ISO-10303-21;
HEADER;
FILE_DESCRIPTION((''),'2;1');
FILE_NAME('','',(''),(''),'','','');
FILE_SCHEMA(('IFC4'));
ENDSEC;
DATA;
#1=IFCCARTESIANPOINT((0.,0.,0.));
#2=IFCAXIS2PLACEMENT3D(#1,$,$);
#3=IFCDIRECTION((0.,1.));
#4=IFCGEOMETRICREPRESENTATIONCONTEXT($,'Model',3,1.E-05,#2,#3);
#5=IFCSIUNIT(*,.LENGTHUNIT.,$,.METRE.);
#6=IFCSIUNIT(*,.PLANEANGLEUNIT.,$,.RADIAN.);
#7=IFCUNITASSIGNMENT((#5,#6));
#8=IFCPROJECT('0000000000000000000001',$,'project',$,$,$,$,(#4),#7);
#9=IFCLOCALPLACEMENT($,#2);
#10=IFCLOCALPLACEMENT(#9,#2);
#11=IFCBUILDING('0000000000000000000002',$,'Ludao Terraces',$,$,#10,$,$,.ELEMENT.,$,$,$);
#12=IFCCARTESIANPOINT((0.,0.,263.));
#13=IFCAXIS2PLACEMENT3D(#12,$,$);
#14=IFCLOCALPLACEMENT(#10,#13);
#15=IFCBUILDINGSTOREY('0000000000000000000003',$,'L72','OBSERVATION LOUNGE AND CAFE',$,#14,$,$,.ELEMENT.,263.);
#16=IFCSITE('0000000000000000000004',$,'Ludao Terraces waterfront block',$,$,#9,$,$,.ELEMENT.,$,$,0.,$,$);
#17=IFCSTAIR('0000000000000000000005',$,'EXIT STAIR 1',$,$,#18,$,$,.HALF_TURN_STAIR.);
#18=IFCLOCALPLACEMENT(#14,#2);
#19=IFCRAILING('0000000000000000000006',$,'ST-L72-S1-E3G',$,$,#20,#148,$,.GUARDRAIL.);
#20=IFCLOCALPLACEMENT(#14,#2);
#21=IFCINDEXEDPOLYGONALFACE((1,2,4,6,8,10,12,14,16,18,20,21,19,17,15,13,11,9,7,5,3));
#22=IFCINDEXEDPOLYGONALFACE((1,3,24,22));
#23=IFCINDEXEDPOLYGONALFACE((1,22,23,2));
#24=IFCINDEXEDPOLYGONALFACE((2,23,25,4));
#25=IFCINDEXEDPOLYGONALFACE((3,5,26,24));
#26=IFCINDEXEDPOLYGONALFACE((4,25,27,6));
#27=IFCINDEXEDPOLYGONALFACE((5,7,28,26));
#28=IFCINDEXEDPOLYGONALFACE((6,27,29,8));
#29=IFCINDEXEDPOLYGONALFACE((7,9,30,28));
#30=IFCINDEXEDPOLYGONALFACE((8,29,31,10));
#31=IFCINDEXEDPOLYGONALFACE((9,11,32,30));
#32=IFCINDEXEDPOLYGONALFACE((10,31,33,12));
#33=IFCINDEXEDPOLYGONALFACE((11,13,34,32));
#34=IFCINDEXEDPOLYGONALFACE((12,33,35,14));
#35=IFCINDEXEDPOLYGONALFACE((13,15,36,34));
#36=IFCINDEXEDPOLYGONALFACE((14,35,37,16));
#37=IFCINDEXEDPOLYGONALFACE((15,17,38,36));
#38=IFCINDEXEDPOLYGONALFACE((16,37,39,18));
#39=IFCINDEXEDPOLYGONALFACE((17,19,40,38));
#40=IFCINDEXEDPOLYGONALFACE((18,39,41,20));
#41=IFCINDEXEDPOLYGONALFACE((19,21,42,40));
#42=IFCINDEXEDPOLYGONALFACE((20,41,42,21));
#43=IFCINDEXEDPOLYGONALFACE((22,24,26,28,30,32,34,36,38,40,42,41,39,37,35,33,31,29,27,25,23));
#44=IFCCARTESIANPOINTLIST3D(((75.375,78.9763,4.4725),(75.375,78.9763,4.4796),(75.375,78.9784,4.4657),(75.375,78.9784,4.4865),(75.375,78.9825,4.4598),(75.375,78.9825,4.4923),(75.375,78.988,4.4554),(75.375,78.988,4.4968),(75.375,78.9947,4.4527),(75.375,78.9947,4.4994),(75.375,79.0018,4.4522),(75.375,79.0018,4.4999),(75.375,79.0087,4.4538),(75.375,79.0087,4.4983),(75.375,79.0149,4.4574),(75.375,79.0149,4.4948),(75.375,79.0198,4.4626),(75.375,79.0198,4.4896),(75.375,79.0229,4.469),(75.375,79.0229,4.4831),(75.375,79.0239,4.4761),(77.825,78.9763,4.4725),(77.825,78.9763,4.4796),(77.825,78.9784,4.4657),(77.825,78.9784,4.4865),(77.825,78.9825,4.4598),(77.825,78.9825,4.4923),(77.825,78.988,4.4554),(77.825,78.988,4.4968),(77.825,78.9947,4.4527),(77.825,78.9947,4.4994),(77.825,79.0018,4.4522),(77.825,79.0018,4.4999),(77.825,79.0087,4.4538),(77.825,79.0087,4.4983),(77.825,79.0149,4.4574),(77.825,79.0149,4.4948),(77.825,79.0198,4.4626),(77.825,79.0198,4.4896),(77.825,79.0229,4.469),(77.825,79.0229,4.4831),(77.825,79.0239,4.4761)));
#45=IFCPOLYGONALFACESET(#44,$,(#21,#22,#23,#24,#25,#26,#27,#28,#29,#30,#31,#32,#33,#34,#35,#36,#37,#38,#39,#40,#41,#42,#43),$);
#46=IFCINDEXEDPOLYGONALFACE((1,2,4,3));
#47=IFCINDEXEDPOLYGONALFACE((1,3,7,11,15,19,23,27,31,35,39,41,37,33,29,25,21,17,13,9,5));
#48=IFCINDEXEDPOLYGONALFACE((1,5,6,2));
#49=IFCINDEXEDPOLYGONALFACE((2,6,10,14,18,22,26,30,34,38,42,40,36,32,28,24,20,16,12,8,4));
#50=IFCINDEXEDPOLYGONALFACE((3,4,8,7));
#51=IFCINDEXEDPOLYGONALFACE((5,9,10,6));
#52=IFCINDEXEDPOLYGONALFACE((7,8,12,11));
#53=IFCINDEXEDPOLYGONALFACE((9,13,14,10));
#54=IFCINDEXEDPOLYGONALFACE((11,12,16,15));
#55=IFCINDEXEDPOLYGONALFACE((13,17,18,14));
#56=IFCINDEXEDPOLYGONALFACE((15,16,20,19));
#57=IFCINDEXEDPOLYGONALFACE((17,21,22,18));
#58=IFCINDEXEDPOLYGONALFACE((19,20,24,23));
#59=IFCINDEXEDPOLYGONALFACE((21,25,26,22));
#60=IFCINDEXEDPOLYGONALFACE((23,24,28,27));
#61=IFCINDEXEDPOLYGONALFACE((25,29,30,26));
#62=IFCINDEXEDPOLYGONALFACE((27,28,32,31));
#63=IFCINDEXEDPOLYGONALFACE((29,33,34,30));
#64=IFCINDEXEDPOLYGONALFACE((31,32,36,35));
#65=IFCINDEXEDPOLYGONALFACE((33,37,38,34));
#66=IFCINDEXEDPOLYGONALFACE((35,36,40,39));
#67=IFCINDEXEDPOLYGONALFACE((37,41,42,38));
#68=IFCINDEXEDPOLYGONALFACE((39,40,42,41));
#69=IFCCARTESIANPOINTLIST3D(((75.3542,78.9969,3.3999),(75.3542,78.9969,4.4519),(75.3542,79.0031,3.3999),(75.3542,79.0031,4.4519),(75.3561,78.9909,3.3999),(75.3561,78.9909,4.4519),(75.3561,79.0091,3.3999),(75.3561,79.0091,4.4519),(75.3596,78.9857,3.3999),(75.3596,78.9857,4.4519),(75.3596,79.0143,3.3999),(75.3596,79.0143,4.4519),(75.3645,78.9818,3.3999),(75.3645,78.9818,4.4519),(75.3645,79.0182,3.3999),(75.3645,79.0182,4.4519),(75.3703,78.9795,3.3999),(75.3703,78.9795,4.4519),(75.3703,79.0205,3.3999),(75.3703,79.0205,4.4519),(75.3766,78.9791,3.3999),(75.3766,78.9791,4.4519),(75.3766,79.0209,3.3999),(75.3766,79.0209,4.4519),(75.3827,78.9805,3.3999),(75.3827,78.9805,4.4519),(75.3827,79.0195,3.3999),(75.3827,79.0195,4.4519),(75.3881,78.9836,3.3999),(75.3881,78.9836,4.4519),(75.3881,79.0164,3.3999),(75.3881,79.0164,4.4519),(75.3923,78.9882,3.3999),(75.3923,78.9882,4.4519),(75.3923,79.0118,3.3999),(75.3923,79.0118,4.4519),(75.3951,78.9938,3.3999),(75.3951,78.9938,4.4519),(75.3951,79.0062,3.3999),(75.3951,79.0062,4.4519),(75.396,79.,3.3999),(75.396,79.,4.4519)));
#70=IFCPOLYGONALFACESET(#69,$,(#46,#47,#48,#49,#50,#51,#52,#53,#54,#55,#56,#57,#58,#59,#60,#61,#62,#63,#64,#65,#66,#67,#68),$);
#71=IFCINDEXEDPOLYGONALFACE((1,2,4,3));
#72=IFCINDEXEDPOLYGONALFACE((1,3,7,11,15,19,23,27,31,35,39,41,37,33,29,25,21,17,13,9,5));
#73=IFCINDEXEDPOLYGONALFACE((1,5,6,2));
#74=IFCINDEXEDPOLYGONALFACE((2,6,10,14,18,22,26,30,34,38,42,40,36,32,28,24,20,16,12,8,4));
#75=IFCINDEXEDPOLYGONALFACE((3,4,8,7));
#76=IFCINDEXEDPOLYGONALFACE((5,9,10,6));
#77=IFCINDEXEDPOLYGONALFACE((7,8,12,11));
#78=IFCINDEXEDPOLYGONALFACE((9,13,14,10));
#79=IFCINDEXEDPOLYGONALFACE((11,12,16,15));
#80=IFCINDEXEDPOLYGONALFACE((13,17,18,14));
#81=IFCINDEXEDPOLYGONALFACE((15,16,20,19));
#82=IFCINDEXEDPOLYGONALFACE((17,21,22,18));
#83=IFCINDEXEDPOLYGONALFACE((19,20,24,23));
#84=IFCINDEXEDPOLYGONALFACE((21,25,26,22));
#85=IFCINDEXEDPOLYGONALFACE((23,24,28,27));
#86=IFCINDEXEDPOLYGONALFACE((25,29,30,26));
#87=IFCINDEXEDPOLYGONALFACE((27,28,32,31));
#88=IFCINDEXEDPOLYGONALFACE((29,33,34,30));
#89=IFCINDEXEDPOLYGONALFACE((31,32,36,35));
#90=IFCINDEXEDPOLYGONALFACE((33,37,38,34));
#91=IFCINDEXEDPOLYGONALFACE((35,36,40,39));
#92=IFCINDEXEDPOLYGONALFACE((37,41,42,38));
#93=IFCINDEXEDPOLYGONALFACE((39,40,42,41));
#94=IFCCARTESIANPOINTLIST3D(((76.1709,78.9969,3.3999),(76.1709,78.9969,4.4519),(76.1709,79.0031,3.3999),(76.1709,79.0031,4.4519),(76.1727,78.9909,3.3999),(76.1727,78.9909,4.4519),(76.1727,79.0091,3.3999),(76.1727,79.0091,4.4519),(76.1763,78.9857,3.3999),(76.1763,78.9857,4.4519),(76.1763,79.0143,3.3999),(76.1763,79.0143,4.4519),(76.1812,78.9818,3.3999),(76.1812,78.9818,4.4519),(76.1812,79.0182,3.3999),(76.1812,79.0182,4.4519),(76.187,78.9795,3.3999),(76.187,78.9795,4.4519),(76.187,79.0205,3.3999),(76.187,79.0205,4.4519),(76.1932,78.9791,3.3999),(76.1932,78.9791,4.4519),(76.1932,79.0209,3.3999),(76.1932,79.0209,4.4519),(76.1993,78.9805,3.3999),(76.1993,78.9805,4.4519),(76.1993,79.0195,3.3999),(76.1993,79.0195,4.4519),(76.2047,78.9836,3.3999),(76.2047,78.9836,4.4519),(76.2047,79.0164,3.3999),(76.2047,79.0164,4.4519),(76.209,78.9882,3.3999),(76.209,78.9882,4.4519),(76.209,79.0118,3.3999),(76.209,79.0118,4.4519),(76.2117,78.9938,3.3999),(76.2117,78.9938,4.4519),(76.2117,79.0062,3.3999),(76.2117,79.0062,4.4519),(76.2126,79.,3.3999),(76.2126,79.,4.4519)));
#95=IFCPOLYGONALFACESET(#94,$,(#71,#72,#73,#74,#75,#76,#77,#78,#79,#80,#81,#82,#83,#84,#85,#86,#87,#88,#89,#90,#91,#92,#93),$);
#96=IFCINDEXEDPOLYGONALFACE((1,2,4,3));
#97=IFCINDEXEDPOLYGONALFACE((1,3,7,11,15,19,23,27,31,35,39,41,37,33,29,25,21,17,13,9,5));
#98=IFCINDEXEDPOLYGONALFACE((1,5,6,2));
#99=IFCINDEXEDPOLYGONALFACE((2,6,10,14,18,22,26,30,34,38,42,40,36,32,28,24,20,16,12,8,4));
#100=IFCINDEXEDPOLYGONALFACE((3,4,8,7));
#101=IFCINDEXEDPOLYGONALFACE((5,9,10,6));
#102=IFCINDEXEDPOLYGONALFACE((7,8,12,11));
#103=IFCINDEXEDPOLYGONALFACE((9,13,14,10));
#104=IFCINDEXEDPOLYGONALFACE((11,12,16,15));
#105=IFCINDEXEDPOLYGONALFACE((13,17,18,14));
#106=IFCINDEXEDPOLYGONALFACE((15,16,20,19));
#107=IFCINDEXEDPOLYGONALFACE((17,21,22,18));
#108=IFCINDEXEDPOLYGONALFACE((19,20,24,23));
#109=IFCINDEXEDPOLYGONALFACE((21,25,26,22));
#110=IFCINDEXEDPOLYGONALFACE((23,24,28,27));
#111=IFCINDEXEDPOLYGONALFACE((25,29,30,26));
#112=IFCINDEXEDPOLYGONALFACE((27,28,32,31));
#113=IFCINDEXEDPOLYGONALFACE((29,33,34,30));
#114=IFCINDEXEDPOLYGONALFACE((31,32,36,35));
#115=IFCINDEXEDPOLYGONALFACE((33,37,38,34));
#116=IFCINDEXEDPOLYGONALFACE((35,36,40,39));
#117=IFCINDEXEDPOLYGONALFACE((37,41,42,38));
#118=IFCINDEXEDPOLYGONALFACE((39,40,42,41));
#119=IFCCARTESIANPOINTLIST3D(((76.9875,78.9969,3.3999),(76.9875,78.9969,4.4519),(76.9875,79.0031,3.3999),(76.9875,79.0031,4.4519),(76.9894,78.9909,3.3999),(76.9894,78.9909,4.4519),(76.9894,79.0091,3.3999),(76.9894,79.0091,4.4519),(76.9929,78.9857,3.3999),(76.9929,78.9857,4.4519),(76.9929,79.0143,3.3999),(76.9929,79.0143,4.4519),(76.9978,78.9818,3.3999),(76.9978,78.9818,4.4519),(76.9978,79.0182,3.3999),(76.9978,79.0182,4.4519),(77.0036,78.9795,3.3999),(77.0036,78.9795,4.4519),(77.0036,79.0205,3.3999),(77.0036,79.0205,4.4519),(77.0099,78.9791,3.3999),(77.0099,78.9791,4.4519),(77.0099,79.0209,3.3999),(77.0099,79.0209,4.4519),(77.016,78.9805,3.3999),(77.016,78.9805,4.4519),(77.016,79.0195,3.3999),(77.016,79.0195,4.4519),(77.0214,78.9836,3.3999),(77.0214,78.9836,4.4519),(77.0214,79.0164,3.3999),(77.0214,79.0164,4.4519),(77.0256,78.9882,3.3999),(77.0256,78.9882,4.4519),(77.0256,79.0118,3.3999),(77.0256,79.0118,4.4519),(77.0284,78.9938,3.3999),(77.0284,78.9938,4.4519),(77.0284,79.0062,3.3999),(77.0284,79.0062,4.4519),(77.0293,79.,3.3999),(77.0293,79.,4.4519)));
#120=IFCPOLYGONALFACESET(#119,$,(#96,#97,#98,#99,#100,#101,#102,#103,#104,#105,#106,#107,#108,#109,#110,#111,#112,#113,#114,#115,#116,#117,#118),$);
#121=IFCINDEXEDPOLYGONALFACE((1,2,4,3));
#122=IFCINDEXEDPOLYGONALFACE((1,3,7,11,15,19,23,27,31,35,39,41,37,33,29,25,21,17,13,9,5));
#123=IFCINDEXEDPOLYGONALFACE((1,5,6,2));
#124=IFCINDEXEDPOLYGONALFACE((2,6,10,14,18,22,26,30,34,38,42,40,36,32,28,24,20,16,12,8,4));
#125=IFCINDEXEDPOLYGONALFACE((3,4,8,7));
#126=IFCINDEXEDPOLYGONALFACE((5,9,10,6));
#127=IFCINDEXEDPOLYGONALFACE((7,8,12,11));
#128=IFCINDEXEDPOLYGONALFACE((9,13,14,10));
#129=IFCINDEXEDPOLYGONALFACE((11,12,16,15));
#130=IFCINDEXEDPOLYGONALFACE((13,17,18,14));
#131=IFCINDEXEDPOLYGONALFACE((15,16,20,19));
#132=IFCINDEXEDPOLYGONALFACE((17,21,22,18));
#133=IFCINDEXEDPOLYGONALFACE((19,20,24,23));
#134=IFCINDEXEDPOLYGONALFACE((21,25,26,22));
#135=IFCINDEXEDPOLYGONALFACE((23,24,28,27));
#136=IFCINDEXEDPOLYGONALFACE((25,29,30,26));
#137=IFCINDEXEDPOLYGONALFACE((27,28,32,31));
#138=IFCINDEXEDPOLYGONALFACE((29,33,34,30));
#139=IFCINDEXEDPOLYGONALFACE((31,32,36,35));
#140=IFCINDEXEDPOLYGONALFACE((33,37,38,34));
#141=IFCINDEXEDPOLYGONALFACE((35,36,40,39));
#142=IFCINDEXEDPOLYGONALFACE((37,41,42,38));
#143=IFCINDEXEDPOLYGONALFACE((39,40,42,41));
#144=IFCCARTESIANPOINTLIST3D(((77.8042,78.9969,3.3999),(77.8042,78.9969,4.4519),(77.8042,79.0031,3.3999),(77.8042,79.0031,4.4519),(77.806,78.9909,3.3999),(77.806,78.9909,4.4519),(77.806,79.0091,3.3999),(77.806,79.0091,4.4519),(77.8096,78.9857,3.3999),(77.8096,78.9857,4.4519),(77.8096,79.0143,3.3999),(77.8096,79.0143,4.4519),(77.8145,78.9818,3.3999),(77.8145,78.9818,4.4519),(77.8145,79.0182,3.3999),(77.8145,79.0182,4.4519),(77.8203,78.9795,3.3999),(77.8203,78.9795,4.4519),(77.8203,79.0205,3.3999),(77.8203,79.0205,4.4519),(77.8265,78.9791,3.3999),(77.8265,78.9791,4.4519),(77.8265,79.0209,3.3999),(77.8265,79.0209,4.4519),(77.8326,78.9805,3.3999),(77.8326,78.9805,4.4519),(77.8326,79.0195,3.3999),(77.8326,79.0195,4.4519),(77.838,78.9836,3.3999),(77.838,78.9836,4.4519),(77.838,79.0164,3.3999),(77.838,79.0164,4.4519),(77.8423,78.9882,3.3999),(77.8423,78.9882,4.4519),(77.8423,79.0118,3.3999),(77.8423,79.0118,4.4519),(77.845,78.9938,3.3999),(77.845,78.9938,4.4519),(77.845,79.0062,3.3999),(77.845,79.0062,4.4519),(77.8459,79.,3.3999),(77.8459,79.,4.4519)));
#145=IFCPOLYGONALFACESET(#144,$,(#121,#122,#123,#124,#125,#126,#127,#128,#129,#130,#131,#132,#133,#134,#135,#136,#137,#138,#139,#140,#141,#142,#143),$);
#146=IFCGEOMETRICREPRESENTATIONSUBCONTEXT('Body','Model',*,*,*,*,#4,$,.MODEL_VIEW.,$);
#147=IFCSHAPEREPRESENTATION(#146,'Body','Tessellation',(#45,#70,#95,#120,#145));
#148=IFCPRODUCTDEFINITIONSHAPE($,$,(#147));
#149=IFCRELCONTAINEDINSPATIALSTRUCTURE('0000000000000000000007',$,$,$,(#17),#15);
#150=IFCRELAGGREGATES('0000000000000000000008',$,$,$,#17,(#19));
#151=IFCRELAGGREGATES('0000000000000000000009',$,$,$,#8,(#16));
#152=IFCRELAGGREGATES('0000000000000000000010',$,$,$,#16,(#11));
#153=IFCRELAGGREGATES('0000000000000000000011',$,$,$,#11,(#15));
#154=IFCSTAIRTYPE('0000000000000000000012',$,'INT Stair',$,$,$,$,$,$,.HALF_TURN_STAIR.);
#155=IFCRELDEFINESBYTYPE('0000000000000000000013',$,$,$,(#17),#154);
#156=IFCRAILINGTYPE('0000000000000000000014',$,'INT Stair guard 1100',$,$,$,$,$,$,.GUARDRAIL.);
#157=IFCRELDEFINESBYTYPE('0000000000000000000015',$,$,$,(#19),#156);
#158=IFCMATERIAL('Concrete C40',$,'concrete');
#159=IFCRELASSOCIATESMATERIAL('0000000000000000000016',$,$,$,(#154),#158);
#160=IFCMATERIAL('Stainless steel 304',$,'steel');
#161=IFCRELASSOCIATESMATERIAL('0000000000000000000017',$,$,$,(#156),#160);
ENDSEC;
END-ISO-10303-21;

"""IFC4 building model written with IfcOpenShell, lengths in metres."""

from ifc_helpers import new_model, si_unit, direction, frame, origin, origin_2d, place, context, subcontext, project, spatial, circle, extrude, material, type_object, element, aggregate, save


model = new_model("IFC4")

# Units and contexts
model_context = context("Model", 3, precision=1e-05, world=origin(), true_north=direction((0.0, 1.0)))
body_context = subcontext(model_context, "Body", "Model", "MODEL_VIEW")
ifc_project = project(units=[si_unit("LENGTHUNIT", "METRE"), si_unit("PLANEANGLEUNIT", "RADIAN")], contexts=[model_context])

# Site, building, storey
site_placement = place(None, origin())
site = spatial("IfcSite", under=ifc_project, at=site_placement, Name="Ludao Terraces waterfront block", CompositionType="ELEMENT", RefElevation=0.0)
building_placement = place(site_placement, origin())
building = spatial("IfcBuilding", under=site, at=building_placement, Name="Ludao Terraces", CompositionType="ELEMENT")
storey_placement = place(building_placement, frame((0.0, 0.0, 263.0)))
storey = spatial("IfcBuildingStorey", under=building, at=storey_placement, Name="L72", Description="OBSERVATION LOUNGE AND CAFE", CompositionType="ELEMENT", Elevation=263.0)

# Shared definitions
ifc_material_1 = material(Name="Concrete C40", Category="concrete")

# Stair, railing
stair_type = type_object("IfcStairType", Name="INT Stair", PredefinedType="HALF_TURN_STAIR", material=ifc_material_1)
stair_placement = place(storey_placement, origin())
stair = element("IfcStair", 1, at=stair_placement, inside=storey, type_object=stair_type, Name="EXIT STAIR 1", PredefinedType="HALF_TURN_STAIR")
ifc_material_2 = material(Name="Stainless steel 304", Category="steel")
railing_type_1 = type_object("IfcRailingType", Name="INT Stair guard 1100", PredefinedType="GUARDRAIL", material=ifc_material_2)
railing_1_placement = place(storey_placement, frame((75.375, 79.0, 3.3999)))
railing_1 = element("IfcRailing", 2, at=railing_1_placement, type_object=railing_type_1, Name="ST-L72-S1-E3G", PredefinedType="GUARDRAIL", context=body_context, shape_type="SweptSolid", body=[
    extrude(circle(Radius=0.0239, at=origin_2d()), frame((0.0, 0.0, 1.0762), z_axis=(1.0, 0.0, 0.0), x_axis=(0.0, 1.0, 0.0)), (0.0, 0.0, 1.0), 2.45),
    extrude(circle(Radius=0.021, at=origin_2d()), origin(), (0.0, 0.0, 1.0), 1.052),
    extrude(circle(Radius=0.021, at=origin_2d()), frame((0.8167, 0.0, 0.0)), (0.0, 0.0, 1.0), 1.052),
    extrude(circle(Radius=0.021, at=origin_2d()), frame((1.6333, 0.0, 0.0)), (0.0, 0.0, 1.0), 1.052),
    extrude(circle(Radius=0.021, at=origin_2d()), frame((2.45, 0.0, 0.0)), (0.0, 0.0, 1.0), 1.052),
])
aggregate(stair, [railing_1])

save(model, "model.ifc")
